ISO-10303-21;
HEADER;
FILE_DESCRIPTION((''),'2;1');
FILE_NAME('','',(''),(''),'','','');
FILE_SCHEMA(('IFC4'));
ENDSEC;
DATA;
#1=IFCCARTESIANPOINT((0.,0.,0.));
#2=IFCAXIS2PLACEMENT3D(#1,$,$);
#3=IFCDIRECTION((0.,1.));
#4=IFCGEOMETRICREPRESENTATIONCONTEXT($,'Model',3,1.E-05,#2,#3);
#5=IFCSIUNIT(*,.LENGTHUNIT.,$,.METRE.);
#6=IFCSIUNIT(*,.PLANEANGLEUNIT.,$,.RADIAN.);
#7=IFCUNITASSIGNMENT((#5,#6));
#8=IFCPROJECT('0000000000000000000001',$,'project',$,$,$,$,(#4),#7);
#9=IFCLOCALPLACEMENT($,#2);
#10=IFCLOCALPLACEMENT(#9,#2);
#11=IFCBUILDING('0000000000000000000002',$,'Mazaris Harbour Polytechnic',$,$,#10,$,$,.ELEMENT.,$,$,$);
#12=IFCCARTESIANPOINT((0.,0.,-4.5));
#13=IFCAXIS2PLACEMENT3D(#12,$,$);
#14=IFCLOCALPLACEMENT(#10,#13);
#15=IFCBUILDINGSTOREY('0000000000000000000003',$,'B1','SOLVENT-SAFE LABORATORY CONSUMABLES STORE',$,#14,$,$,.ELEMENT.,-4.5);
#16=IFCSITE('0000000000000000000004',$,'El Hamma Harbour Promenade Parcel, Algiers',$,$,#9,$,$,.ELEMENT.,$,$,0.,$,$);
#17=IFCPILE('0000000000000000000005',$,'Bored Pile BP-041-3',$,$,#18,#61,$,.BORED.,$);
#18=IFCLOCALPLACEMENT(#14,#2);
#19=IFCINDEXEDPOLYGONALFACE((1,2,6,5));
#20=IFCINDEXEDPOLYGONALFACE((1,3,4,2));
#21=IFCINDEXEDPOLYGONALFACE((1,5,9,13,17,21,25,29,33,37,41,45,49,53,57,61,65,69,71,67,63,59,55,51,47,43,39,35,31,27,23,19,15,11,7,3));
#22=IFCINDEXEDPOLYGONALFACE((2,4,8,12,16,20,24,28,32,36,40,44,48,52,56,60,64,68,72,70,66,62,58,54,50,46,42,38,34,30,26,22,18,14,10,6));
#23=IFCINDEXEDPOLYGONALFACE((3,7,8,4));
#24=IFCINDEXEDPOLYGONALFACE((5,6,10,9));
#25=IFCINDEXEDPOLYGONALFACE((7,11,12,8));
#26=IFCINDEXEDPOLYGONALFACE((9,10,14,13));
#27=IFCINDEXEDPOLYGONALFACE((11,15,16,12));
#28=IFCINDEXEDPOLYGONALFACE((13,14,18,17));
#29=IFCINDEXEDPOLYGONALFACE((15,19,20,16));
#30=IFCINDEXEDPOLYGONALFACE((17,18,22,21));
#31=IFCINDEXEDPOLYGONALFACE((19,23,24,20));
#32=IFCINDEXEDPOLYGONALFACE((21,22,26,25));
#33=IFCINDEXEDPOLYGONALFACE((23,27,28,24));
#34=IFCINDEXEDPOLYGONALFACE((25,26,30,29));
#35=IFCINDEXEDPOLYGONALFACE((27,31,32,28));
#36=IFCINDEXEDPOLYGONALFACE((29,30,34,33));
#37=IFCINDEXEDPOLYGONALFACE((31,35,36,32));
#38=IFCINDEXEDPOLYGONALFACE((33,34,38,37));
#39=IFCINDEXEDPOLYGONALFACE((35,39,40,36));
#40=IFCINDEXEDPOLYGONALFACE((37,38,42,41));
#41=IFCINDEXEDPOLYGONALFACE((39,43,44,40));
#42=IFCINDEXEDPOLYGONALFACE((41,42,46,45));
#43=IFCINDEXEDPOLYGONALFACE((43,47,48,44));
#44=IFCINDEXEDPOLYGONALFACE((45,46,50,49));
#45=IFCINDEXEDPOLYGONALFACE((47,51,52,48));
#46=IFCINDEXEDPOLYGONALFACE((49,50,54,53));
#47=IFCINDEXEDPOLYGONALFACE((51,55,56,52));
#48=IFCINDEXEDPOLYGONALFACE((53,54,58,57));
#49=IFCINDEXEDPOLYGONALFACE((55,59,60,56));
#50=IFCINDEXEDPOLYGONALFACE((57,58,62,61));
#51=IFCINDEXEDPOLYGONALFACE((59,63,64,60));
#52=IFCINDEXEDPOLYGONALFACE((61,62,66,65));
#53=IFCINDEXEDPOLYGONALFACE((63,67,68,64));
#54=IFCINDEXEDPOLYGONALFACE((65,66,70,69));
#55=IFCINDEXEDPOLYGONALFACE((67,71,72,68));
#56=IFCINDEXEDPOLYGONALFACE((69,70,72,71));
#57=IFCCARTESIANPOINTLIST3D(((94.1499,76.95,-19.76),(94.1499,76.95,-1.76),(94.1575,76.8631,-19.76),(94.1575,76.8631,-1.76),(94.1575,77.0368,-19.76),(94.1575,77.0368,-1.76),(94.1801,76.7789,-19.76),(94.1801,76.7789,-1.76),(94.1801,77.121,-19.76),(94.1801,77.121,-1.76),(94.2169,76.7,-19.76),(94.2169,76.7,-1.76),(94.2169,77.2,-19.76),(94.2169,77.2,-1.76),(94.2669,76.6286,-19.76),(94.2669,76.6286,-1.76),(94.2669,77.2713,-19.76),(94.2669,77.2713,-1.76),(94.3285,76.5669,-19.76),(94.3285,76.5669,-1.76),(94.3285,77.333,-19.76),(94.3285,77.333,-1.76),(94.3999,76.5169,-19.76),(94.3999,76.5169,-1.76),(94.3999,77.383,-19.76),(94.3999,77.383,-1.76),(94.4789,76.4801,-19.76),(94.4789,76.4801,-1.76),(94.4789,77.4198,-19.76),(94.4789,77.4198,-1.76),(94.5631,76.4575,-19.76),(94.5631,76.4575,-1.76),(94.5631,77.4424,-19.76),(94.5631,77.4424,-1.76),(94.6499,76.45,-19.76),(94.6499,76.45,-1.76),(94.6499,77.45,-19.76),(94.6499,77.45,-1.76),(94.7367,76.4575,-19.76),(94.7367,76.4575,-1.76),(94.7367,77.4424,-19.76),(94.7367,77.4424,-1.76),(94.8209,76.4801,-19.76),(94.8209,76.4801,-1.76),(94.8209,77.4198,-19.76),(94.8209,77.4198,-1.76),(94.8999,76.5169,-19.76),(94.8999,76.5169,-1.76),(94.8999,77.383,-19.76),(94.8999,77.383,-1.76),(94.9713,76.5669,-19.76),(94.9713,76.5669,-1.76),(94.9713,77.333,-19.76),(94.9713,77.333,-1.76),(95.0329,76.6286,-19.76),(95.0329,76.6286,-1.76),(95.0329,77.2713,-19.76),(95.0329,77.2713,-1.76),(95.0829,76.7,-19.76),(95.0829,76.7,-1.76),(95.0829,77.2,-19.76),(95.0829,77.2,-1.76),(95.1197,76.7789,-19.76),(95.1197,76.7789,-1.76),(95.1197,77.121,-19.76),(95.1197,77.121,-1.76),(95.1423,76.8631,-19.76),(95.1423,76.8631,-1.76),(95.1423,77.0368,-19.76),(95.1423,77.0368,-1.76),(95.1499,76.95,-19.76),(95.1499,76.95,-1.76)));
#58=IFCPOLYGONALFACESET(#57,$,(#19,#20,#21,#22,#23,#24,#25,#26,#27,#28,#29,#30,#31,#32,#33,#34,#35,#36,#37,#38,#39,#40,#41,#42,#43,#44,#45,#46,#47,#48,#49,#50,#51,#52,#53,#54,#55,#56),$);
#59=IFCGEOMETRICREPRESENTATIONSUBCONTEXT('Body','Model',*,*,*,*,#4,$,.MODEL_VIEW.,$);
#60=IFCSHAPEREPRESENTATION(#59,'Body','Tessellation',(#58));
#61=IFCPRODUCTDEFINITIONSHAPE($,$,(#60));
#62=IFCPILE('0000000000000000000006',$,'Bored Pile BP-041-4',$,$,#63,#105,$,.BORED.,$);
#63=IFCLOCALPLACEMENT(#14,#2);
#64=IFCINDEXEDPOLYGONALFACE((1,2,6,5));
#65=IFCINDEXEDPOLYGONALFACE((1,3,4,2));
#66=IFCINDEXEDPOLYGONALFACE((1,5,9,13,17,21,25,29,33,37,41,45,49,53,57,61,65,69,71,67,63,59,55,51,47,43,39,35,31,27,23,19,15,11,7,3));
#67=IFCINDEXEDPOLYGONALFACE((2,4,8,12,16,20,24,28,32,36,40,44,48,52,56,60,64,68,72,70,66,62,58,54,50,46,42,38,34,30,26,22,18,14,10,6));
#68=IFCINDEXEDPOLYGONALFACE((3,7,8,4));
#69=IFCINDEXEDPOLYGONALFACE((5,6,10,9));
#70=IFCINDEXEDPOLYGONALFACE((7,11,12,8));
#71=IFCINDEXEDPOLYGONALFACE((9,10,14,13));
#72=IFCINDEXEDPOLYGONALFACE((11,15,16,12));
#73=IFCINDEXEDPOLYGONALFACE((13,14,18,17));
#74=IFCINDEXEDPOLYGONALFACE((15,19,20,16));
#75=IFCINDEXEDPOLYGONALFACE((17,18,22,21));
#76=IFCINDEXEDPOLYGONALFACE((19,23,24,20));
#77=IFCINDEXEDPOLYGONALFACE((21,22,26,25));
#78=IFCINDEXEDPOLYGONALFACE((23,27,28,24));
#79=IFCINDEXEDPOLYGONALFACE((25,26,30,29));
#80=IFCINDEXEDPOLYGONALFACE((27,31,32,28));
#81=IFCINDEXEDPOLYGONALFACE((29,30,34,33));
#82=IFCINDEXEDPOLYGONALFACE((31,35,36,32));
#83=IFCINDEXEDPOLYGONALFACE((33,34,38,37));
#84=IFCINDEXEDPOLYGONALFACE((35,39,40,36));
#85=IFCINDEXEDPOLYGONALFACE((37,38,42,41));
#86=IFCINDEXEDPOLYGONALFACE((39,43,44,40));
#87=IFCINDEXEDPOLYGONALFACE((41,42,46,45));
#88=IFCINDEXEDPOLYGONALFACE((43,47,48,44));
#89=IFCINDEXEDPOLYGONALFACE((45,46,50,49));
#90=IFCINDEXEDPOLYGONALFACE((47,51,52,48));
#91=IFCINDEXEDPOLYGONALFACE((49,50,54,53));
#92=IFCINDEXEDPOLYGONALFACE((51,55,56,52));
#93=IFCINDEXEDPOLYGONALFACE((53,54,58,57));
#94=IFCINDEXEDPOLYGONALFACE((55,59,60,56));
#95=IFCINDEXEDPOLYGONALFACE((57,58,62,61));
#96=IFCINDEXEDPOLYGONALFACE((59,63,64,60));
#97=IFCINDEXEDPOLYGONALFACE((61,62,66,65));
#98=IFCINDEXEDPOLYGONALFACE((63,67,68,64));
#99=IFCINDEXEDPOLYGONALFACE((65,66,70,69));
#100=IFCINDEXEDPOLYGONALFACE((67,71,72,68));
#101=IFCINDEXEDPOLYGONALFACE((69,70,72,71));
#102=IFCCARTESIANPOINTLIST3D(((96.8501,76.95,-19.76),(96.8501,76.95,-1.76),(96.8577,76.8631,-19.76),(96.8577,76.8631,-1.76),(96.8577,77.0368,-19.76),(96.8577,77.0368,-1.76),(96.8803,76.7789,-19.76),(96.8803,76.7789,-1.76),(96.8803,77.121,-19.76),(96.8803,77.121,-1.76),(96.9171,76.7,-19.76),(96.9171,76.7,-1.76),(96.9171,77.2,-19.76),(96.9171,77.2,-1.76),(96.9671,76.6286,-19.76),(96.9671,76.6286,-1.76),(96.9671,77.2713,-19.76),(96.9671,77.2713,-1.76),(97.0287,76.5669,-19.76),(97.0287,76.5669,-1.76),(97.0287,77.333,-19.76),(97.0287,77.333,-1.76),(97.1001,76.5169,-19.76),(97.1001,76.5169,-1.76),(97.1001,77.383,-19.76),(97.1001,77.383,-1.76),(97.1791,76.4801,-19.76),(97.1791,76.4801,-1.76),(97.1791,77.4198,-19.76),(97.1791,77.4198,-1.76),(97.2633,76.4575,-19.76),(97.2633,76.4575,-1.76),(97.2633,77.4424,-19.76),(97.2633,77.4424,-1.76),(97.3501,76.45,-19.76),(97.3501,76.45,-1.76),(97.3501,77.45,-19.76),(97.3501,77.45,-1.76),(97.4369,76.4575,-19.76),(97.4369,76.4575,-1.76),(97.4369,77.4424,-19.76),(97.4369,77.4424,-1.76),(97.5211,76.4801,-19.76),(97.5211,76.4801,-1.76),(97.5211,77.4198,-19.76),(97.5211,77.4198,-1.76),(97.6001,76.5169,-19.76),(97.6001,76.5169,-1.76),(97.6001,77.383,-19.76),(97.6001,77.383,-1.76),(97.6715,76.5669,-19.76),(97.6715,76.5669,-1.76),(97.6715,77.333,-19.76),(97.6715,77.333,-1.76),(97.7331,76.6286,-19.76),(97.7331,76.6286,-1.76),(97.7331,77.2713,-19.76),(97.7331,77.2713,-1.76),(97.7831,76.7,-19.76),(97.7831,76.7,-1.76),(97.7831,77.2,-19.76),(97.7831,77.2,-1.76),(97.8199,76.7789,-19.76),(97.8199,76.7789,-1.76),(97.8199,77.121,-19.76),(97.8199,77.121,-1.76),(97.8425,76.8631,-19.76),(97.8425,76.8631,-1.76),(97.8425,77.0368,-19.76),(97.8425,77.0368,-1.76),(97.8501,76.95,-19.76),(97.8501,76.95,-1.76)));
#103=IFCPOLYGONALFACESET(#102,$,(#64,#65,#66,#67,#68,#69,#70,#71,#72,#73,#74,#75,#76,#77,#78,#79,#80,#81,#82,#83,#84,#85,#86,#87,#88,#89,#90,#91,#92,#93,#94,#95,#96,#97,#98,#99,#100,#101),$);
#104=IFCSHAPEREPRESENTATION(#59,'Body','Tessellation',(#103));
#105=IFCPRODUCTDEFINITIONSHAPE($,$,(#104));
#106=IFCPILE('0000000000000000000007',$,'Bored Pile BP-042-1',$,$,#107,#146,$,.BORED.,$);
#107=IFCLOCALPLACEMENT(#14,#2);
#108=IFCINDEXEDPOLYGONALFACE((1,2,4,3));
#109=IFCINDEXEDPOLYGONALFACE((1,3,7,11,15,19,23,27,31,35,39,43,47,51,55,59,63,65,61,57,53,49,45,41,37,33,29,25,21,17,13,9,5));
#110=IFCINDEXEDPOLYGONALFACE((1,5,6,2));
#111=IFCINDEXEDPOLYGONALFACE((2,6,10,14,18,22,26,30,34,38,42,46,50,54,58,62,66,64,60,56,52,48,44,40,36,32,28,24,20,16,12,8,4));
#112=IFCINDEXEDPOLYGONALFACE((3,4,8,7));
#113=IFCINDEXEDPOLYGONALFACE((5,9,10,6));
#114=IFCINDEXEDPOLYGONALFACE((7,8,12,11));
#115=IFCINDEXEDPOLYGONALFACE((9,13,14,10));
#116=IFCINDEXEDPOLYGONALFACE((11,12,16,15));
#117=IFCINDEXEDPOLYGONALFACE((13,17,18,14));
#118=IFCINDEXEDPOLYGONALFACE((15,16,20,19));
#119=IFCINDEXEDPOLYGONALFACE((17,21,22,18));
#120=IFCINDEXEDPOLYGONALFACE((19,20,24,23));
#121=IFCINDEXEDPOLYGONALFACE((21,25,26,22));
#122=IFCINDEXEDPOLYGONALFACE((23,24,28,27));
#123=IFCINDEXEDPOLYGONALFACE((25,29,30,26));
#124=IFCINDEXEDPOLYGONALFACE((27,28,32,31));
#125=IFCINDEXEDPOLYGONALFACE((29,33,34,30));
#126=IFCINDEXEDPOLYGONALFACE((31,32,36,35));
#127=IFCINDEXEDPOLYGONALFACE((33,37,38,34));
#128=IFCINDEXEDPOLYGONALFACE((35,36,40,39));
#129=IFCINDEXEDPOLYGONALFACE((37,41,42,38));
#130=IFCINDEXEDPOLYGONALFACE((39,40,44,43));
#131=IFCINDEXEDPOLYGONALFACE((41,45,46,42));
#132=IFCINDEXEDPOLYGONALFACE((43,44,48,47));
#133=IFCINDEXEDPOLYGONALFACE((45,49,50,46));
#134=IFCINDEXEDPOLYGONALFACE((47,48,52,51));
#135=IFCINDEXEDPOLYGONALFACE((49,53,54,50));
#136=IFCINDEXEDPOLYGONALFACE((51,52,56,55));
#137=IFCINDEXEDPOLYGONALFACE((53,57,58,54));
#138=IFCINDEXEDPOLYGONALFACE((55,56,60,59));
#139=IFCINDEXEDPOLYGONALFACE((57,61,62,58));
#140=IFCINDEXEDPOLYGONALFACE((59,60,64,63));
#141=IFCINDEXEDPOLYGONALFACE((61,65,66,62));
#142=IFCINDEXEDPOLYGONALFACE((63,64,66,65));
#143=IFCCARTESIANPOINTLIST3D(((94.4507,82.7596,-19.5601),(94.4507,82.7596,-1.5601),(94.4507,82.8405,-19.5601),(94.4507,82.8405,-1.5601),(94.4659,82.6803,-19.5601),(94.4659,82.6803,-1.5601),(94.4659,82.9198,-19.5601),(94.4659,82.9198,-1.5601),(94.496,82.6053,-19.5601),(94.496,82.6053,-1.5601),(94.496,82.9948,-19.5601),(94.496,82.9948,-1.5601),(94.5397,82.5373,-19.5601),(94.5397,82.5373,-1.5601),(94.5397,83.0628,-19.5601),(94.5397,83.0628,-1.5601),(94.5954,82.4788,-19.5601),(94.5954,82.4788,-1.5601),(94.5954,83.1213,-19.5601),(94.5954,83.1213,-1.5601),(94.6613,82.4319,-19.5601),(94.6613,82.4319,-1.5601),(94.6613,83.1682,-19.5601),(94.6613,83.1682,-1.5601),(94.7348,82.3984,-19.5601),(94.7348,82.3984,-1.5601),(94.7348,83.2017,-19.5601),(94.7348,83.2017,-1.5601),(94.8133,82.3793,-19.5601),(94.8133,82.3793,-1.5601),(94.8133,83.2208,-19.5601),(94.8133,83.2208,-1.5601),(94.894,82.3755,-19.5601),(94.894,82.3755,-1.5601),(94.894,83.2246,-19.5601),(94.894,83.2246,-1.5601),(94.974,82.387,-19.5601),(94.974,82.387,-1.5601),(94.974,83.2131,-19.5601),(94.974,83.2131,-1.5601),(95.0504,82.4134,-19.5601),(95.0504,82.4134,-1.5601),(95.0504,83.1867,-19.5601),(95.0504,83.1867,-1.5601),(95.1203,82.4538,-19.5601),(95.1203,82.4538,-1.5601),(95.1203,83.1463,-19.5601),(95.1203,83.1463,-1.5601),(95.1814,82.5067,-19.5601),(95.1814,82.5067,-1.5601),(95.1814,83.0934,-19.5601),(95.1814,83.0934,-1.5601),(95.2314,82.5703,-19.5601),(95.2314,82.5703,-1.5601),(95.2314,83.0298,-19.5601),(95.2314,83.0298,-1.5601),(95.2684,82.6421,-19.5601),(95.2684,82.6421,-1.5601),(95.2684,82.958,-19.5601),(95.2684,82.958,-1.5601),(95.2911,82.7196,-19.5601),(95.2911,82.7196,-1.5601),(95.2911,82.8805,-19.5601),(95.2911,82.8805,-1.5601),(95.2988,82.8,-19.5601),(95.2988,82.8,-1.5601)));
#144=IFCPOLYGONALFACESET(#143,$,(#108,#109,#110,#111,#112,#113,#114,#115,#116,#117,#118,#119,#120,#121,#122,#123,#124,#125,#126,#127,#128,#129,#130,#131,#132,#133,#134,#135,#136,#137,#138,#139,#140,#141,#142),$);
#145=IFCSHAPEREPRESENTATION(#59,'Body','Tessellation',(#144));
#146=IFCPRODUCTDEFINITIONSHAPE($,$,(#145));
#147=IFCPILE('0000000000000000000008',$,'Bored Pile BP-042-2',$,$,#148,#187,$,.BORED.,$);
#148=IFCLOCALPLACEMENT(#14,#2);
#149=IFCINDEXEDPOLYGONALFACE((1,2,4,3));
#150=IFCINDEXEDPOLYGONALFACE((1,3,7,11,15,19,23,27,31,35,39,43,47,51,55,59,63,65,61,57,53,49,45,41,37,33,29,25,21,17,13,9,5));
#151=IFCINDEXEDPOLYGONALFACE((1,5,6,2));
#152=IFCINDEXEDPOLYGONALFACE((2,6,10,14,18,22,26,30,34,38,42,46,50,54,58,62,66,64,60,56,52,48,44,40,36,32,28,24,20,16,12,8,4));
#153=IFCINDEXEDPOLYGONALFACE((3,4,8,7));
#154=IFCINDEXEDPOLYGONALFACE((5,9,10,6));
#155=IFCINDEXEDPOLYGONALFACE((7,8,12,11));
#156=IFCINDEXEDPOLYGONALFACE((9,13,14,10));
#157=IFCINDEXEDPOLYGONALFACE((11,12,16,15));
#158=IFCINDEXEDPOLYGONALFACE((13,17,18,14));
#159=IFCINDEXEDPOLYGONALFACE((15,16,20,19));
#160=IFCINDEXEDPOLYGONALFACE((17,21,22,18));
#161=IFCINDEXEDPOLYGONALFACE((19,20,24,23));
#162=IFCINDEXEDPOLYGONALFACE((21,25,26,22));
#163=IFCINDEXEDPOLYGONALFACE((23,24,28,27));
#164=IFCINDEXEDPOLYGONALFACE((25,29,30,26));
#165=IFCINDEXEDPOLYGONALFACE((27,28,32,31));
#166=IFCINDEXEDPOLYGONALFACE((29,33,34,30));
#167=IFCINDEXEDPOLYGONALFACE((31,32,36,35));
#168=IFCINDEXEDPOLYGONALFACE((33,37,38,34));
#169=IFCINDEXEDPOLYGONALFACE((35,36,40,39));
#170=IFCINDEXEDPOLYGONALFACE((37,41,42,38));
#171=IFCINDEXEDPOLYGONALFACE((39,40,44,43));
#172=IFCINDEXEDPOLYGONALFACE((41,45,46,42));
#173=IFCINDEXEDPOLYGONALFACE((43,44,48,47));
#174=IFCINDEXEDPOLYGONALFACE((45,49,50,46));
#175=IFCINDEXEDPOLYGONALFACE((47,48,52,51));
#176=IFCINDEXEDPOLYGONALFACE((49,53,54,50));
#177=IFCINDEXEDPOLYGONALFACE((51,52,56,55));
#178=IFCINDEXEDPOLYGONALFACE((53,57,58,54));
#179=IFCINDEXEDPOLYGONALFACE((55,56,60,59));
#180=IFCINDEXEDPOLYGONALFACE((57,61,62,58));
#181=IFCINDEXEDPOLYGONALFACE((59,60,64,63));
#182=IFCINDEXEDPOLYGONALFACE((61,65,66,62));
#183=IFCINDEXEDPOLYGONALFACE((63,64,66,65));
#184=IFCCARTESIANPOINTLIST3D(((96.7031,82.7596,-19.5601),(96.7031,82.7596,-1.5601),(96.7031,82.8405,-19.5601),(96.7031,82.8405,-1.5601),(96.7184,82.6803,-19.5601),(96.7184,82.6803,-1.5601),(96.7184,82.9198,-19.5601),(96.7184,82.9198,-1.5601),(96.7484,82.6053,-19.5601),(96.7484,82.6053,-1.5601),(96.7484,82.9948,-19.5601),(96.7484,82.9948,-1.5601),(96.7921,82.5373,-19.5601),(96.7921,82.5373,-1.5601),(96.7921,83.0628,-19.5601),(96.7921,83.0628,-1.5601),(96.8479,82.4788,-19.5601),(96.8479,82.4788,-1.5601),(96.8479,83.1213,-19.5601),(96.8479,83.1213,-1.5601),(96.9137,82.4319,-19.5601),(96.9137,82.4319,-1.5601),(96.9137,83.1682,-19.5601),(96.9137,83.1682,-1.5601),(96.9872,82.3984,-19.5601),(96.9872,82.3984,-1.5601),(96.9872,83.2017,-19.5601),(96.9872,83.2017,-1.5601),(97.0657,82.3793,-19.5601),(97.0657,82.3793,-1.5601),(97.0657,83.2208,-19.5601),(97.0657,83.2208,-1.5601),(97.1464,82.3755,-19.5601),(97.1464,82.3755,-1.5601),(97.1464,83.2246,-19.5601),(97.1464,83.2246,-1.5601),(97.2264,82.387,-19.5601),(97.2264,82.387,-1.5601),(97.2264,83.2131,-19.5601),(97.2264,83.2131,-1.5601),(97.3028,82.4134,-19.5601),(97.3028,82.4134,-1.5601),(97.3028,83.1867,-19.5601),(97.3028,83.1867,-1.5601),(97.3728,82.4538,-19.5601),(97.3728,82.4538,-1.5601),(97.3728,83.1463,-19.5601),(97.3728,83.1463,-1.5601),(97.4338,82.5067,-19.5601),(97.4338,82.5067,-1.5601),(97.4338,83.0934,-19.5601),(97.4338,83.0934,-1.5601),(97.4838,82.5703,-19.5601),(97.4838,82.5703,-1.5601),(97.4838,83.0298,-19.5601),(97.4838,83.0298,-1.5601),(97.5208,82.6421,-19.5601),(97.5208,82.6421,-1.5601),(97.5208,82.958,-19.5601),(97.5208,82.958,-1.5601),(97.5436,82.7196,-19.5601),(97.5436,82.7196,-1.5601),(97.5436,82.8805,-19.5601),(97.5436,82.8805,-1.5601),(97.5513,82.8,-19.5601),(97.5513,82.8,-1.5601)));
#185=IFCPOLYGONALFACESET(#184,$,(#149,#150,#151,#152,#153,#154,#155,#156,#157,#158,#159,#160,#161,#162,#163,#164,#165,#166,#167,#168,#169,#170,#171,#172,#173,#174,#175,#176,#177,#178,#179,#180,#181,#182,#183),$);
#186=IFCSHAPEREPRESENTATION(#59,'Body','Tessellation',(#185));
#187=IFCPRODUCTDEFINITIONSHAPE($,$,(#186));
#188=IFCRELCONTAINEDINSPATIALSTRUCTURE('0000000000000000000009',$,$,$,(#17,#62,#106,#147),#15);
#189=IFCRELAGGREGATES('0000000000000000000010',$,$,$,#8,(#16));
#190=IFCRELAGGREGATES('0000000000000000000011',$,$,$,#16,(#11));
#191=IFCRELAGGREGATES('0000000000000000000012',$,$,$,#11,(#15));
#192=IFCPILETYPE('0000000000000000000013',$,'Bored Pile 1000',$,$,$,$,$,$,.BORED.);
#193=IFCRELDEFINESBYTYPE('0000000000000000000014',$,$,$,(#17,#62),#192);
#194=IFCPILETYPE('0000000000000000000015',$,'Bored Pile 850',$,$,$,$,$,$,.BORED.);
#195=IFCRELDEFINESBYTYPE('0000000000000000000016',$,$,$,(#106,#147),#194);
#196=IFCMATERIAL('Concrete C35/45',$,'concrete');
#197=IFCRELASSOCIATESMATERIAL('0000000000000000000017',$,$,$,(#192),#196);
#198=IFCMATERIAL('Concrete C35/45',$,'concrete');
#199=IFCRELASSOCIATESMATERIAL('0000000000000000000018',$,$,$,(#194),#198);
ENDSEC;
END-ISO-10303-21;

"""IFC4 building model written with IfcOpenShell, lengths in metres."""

from ifc_helpers import new_model, si_unit, direction, frame, origin, origin_2d, place, context, subcontext, project, spatial, circle, extrude, material, material_profile, profile_set, type_object, element, save


model = new_model("IFC4")

# Units and contexts
model_context = context("Model", 3, precision=1e-05, world=origin(), true_north=direction((0.0, 1.0)))
body_context = subcontext(model_context, "Body", "Model", "MODEL_VIEW")
ifc_project = project(units=[si_unit("LENGTHUNIT", "METRE"), si_unit("PLANEANGLEUNIT", "RADIAN")], contexts=[model_context])

# Site, building, storey
site_placement = place(None, origin())
site = spatial("IfcSite", under=ifc_project, at=site_placement, Name="El Hamma Harbour Promenade Parcel, Algiers", CompositionType="ELEMENT", RefElevation=0.0)
building_placement = place(site_placement, origin())
building = spatial("IfcBuilding", under=site, at=building_placement, Name="Mazaris Harbour Polytechnic", CompositionType="ELEMENT")
storey_placement = place(building_placement, frame((0.0, 0.0, -4.5)))
storey = spatial("IfcBuildingStorey", under=building, at=storey_placement, Name="B1", Description="SOLVENT-SAFE LABORATORY CONSUMABLES STORE", CompositionType="ELEMENT", Elevation=-4.5)

# Piles
ifc_material_1 = material(Name="Concrete C35/45", Category="concrete")
ifc_material_profile_1 = material_profile(ifc_material_1, circle(Radius=0.5, at=origin_2d()), Name="DIA1000")
ifc_profile_set_1 = profile_set([ifc_material_profile_1], Name="Concrete C35/45")
pile_type_1 = type_object("IfcPileType", Name="Bored Pile 1000", PredefinedType="BORED", material=ifc_profile_set_1)
for number, where, z_axis, x_axis, name in (
    (1, (94.6499, 76.95, -1.76), (0.0, 0.0, -1.0), (1.0, 0.0, 0.0), "Bored Pile BP-041-3"),
    (2, (97.3501, 76.95, -1.76), (0.0, 0.0, -1.0), (1.0, 0.0, 0.0), "Bored Pile BP-041-4"),
):
    element("IfcPile", number, at=place(storey_placement, frame(where, z_axis=z_axis, x_axis=x_axis)), inside=storey, type_object=pile_type_1, Name=name, PredefinedType="BORED", context=body_context, shape_type="SweptSolid", body=[
        extrude(circle(Radius=0.5, at=origin_2d()), origin(), (0.0, 0.0, 1.0), 18.0),
    ])
ifc_material_2 = material(Name="Concrete C35/45", Category="concrete")
ifc_material_profile_2 = material_profile(ifc_material_2, circle(Radius=0.425, at=origin_2d()), Name="DIA850")
ifc_profile_set_2 = profile_set([ifc_material_profile_2], Name="Concrete C35/45")
pile_type_2 = type_object("IfcPileType", Name="Bored Pile 850", PredefinedType="BORED", material=ifc_profile_set_2)
for number, where, z_axis, x_axis, name in (
    (3, (94.8738, 82.8, -1.5601), (0.0, 0.0, -1.0), (1.0, 0.0, 0.0), "Bored Pile BP-042-1"),
    (4, (97.1262, 82.8, -1.5601), (0.0, 0.0, -1.0), (1.0, 0.0, 0.0), "Bored Pile BP-042-2"),
):
    element("IfcPile", number, at=place(storey_placement, frame(where, z_axis=z_axis, x_axis=x_axis)), inside=storey, type_object=pile_type_2, Name=name, PredefinedType="BORED", context=body_context, shape_type="SweptSolid", body=[
        extrude(circle(Radius=0.425, at=origin_2d()), origin(), (0.0, 0.0, 1.0), 18.0),
    ])

save(model, "model.ifc")
